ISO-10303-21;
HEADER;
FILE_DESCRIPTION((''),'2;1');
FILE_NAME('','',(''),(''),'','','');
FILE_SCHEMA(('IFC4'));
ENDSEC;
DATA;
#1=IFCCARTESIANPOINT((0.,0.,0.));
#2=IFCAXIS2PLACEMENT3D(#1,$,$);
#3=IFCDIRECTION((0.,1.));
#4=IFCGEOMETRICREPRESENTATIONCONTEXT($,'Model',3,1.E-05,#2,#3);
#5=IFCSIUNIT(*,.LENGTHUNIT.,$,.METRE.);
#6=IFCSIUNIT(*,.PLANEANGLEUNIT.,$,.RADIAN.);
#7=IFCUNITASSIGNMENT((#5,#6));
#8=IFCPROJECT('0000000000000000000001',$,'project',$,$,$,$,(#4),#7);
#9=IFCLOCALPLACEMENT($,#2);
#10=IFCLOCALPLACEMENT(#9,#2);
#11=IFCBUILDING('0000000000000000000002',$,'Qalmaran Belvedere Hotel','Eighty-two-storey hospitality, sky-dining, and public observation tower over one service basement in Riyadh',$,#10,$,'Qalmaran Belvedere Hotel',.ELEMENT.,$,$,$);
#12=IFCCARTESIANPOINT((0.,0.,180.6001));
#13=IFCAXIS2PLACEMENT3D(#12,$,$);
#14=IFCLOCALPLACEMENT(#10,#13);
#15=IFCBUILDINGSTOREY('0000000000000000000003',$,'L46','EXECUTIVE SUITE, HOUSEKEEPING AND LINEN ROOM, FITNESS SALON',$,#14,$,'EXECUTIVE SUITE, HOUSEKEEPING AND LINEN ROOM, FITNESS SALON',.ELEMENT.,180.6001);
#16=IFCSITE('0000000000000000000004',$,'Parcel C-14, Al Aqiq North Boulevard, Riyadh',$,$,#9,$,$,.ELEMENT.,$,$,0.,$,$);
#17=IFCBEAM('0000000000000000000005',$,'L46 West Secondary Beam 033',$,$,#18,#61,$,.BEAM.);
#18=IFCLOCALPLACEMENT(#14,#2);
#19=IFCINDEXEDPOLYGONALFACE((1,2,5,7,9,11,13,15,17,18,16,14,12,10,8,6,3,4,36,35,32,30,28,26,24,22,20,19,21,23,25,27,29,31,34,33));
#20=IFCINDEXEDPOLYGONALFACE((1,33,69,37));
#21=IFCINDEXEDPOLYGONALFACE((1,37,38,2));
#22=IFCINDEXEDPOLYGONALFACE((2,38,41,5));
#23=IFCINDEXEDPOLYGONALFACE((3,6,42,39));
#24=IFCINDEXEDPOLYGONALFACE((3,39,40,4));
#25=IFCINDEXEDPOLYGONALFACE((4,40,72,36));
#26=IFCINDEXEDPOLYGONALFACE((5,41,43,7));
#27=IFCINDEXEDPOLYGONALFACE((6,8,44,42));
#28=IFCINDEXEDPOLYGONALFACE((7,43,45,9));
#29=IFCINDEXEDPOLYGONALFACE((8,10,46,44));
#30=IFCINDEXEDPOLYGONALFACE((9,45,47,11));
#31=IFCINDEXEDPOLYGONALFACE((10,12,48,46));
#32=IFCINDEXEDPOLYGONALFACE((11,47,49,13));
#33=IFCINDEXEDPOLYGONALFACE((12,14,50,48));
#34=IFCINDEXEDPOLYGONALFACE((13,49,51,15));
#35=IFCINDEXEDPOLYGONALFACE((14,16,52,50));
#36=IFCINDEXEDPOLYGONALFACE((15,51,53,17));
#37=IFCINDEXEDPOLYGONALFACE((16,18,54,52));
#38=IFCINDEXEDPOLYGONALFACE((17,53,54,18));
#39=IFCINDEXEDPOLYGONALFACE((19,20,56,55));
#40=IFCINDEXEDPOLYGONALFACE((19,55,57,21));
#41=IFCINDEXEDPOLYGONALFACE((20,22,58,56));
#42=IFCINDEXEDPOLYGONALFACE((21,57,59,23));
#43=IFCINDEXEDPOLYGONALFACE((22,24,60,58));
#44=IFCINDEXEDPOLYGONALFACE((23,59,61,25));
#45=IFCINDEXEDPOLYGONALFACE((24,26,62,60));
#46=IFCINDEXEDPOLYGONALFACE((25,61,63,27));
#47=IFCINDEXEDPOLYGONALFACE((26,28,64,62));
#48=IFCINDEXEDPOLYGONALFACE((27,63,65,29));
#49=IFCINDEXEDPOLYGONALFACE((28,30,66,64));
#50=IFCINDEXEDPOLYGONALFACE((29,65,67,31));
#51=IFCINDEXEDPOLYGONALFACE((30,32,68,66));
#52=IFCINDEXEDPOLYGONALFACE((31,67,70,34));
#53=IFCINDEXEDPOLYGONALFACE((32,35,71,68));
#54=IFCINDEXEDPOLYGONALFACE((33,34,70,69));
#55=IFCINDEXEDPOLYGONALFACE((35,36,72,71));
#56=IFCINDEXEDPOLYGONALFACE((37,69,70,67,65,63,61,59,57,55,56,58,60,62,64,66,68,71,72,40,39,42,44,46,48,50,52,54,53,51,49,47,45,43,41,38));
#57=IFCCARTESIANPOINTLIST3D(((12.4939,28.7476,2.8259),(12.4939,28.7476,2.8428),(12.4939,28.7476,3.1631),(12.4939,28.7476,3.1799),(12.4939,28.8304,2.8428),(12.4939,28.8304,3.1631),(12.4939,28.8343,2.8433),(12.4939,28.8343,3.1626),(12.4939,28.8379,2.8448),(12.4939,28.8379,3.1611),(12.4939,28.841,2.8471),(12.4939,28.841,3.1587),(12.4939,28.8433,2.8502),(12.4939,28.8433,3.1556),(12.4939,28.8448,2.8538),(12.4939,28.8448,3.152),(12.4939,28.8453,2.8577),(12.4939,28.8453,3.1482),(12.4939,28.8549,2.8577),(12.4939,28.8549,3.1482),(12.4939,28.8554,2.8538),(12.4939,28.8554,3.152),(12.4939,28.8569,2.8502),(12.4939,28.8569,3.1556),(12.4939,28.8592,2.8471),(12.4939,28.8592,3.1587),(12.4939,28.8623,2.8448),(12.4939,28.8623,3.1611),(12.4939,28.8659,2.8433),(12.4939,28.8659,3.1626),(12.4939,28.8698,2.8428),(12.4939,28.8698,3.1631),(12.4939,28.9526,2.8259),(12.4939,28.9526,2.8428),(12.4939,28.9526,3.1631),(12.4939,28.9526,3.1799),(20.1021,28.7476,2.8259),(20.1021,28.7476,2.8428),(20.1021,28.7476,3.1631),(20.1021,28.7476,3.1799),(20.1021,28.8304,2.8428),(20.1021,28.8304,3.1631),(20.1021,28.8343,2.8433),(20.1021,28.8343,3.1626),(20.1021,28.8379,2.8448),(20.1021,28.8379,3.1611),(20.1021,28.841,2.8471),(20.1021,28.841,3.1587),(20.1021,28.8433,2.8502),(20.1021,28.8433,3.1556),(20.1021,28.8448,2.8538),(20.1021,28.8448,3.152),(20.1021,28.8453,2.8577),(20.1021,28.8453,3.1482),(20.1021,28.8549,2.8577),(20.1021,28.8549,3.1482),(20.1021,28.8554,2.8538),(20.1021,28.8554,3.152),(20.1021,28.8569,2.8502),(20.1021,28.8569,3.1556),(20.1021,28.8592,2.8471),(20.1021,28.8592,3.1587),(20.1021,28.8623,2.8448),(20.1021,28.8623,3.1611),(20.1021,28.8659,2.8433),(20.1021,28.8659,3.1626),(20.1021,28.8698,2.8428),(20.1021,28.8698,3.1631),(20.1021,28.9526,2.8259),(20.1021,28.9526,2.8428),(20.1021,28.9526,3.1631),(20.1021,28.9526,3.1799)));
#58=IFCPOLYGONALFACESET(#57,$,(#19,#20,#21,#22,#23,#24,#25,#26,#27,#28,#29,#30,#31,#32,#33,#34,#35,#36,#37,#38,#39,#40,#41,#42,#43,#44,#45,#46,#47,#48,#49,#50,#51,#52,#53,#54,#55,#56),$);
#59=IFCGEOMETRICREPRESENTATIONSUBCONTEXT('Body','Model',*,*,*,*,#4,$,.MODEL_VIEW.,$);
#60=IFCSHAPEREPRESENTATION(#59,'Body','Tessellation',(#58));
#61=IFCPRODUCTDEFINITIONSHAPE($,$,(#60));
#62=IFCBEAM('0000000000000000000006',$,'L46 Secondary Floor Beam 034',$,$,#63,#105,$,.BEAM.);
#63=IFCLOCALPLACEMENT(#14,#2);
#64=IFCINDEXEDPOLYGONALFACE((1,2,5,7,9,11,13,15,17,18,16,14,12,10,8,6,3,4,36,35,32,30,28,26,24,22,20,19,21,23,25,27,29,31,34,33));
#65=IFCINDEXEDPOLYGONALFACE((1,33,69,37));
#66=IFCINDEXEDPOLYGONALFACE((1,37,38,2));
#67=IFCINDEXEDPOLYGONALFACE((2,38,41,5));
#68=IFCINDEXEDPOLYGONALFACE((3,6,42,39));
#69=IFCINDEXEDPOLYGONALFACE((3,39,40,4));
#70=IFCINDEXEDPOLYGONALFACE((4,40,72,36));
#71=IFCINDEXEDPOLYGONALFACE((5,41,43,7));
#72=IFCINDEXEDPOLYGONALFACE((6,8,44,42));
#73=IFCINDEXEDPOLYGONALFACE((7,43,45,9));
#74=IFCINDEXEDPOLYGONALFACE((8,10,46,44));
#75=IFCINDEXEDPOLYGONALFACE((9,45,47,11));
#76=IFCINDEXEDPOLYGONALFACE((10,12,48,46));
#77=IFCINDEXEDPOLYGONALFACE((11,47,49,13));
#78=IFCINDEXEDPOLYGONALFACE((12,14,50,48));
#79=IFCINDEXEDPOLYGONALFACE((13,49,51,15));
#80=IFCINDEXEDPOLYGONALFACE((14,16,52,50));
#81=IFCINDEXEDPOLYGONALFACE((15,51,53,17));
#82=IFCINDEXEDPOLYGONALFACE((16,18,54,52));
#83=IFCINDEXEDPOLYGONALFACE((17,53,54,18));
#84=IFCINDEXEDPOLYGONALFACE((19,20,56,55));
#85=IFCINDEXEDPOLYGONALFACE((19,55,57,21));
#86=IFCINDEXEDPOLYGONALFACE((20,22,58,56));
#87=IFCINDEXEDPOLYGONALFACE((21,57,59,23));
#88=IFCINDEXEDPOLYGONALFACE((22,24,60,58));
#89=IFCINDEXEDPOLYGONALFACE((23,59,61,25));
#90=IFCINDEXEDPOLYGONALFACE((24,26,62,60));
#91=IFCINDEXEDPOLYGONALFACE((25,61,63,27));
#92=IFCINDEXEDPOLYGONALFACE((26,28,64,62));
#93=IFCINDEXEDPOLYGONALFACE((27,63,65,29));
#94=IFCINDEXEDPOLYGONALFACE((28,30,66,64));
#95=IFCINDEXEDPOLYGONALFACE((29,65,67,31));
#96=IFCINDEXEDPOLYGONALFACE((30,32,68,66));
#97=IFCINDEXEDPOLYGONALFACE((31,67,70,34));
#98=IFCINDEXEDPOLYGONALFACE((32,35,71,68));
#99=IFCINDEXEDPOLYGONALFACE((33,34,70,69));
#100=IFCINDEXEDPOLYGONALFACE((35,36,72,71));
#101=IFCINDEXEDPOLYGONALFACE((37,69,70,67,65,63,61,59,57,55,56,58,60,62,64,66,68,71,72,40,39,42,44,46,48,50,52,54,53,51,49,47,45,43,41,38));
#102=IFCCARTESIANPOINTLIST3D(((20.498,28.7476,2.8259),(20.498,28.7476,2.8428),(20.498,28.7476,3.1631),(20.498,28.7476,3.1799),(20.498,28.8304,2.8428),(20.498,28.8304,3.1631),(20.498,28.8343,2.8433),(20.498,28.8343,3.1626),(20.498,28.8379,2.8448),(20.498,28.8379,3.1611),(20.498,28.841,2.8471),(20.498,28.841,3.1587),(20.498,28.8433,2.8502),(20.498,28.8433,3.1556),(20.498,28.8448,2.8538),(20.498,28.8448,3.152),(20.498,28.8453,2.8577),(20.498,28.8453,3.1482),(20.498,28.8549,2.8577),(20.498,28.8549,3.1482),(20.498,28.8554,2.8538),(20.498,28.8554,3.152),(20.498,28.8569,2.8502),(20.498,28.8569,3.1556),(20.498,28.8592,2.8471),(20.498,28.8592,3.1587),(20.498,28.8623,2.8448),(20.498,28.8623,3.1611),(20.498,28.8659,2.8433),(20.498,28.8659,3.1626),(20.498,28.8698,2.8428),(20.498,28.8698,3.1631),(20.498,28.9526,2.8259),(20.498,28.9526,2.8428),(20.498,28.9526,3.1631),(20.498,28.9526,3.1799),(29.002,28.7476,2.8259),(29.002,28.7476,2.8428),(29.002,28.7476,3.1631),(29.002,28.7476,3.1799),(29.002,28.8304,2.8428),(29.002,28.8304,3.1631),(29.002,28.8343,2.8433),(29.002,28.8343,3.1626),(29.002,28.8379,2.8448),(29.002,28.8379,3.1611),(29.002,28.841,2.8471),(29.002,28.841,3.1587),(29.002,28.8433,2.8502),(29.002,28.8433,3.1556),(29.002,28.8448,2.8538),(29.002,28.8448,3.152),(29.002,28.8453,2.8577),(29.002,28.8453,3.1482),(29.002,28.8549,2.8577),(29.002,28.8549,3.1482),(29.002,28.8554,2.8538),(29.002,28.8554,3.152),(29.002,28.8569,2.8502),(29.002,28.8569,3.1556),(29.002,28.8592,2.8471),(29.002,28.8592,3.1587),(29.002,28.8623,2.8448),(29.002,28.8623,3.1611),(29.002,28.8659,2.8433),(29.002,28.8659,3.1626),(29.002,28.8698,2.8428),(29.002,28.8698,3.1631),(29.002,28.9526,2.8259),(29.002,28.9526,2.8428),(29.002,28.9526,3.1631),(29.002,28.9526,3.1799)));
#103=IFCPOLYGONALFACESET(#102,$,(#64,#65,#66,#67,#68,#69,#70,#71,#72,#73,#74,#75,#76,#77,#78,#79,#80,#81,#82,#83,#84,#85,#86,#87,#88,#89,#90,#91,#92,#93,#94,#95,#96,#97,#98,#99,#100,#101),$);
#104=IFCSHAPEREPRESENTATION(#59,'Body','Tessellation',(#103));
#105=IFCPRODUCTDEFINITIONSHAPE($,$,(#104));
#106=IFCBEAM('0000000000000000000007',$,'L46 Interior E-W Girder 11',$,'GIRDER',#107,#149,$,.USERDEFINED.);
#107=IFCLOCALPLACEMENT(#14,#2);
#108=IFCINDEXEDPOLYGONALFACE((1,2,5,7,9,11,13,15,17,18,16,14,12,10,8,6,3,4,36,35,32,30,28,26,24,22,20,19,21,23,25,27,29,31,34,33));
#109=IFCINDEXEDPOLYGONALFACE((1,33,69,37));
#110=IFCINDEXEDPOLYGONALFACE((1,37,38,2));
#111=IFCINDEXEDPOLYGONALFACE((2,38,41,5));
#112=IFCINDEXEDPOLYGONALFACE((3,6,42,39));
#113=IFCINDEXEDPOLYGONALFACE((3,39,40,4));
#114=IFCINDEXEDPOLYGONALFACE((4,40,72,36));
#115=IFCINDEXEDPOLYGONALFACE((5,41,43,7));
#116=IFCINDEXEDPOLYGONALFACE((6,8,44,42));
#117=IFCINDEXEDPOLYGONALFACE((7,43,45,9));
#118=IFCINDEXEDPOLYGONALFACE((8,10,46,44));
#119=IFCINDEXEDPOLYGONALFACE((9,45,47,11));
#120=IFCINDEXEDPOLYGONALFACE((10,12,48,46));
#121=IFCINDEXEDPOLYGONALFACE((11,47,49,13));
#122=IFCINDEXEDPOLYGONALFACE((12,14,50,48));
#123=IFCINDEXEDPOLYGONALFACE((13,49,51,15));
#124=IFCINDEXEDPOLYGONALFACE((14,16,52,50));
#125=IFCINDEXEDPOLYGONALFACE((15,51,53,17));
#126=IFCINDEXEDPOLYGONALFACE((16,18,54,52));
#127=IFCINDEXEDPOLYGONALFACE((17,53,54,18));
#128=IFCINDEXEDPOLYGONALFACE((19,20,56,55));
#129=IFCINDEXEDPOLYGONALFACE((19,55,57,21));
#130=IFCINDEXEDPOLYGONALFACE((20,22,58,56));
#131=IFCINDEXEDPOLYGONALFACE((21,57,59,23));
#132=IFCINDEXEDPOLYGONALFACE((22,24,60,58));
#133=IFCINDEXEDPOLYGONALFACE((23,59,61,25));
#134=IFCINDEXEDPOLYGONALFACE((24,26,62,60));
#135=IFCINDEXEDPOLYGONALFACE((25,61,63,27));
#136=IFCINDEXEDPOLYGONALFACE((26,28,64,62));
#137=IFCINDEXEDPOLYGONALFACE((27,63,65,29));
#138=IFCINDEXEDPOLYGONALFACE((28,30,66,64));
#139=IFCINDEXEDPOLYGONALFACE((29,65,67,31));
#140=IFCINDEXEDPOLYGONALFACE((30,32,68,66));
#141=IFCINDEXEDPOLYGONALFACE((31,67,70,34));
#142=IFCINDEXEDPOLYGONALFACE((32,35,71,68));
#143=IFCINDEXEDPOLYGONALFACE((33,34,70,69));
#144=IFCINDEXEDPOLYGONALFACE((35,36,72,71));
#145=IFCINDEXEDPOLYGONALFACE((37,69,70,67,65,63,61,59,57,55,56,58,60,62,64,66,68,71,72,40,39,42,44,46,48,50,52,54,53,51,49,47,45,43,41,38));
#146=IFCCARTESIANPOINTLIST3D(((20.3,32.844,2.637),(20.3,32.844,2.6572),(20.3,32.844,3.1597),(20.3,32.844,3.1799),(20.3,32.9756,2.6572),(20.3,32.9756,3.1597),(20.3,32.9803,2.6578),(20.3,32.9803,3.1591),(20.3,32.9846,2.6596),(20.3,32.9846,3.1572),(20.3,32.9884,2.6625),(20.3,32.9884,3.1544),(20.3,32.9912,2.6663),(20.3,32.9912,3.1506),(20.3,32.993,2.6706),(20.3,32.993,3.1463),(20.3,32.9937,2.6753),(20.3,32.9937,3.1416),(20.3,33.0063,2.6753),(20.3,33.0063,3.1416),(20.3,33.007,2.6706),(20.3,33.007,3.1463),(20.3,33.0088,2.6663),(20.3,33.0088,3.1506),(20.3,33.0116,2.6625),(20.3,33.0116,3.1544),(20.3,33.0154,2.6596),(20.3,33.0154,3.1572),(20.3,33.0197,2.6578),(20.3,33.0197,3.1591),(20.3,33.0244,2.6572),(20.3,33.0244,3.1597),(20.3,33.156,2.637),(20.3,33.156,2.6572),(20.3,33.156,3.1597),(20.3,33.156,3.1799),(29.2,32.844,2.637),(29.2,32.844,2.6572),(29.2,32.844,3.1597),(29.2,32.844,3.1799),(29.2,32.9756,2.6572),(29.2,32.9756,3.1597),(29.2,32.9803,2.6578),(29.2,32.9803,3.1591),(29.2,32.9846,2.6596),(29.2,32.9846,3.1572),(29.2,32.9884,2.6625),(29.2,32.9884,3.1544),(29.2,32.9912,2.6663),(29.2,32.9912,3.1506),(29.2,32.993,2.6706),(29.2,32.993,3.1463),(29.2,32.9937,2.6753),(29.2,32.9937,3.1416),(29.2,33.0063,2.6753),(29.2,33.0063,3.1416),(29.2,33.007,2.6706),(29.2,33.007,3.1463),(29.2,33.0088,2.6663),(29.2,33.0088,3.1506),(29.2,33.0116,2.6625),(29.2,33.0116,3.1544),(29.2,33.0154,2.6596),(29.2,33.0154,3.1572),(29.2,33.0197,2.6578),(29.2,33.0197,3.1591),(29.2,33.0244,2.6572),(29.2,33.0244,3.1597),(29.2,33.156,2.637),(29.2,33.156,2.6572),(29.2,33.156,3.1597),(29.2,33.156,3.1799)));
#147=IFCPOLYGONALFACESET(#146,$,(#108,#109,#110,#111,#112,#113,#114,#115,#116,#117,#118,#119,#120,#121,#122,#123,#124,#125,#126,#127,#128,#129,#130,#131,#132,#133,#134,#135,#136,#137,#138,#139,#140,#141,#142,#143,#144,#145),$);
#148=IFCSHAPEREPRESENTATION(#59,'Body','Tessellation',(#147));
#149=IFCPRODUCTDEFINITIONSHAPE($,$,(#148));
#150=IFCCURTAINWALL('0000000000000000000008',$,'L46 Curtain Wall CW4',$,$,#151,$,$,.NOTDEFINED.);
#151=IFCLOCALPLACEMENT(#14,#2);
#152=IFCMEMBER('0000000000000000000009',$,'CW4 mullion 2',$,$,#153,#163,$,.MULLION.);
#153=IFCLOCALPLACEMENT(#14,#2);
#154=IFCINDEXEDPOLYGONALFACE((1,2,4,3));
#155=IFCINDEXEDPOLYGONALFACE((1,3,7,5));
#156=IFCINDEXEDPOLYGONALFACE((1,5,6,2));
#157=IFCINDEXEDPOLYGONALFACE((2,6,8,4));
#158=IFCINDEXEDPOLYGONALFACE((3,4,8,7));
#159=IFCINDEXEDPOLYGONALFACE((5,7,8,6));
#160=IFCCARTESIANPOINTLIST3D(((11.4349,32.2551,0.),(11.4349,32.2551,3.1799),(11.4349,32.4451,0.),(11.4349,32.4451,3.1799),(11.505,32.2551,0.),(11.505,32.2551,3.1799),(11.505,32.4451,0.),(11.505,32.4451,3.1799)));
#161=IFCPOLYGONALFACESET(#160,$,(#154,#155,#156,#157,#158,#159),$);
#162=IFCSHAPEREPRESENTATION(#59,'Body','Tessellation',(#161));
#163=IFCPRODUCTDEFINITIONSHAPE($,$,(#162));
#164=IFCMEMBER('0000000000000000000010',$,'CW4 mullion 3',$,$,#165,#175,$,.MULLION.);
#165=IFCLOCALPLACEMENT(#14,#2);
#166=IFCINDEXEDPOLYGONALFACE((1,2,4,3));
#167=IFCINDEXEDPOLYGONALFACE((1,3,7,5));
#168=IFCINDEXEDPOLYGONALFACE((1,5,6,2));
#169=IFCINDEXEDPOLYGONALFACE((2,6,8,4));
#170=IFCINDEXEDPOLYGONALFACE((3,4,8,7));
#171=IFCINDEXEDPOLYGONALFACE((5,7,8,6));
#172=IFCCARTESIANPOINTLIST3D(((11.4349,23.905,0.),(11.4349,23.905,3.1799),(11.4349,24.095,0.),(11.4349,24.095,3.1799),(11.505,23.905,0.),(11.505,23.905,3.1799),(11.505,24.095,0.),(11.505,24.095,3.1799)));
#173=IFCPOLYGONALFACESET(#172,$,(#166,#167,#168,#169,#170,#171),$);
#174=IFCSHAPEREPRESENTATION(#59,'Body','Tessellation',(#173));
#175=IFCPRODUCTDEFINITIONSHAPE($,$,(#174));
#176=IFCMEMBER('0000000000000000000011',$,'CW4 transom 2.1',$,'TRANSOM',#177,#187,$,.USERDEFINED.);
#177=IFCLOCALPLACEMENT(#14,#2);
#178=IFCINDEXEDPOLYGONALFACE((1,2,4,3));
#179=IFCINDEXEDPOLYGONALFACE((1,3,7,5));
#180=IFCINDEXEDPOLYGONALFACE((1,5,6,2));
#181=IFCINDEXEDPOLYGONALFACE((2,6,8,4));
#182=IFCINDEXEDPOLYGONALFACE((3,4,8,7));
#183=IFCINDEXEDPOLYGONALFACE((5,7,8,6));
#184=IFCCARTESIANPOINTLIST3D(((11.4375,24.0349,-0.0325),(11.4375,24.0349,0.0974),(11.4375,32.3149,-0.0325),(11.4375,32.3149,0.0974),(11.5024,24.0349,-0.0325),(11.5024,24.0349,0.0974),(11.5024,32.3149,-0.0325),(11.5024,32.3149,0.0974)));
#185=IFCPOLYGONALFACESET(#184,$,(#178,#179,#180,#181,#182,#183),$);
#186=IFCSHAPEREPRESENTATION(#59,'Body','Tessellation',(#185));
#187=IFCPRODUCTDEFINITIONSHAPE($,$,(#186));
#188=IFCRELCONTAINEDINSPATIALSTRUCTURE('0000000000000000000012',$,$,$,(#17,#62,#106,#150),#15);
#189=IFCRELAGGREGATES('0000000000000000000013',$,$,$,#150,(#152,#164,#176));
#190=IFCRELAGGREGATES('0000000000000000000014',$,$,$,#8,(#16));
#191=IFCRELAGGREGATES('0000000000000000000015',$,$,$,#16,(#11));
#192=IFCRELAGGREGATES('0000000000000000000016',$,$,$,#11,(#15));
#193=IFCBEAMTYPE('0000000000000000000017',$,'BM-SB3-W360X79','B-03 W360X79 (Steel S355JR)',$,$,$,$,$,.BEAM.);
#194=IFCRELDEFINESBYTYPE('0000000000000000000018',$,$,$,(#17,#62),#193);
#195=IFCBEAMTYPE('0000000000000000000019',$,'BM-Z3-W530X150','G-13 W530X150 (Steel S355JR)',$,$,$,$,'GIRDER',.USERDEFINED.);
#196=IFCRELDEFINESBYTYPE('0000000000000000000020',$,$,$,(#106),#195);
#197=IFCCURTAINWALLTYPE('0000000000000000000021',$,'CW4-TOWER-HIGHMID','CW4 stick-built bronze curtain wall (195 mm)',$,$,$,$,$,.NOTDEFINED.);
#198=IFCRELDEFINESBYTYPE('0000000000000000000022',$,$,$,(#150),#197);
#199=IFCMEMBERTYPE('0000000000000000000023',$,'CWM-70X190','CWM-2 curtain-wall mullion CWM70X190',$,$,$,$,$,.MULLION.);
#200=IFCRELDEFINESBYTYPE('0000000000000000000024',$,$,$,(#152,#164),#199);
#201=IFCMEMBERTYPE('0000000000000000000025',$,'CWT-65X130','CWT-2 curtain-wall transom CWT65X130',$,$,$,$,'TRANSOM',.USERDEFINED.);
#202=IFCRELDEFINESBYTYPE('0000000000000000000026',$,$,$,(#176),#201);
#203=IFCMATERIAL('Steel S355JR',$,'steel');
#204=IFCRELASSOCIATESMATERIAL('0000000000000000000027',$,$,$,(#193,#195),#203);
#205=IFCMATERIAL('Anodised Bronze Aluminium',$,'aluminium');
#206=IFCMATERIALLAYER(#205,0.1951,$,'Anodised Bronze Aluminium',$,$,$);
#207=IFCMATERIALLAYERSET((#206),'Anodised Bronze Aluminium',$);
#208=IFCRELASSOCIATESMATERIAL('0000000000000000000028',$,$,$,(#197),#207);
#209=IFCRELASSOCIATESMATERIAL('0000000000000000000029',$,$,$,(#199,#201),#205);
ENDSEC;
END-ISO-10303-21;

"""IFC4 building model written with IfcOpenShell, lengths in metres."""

from ifc_helpers import new_model, si_unit, direction, frame, origin, origin_2d, place, context, subcontext, project, spatial, rectangle, i_section, extrude, material, layer, layer_set, material_profile, profile_set, type_object, element, aggregate, save


model = new_model("IFC4")

# Units and contexts
model_context = context("Model", 3, precision=1e-05, world=origin(), true_north=direction((0.0, 1.0)))
body_context = subcontext(model_context, "Body", "Model", "MODEL_VIEW")
ifc_project = project(units=[si_unit("LENGTHUNIT", "METRE"), si_unit("PLANEANGLEUNIT", "RADIAN")], contexts=[model_context])

# Site, building, storey
site_placement = place(None, origin())
site = spatial("IfcSite", under=ifc_project, at=site_placement, Name="Parcel C-14, Al Aqiq North Boulevard, Riyadh", CompositionType="ELEMENT", RefElevation=0.0)
building_placement = place(site_placement, origin())
building = spatial("IfcBuilding", under=site, at=building_placement, Name="Qalmaran Belvedere Hotel", Description="Eighty-two-storey hospitality, sky-dining, and public observation tower over one service basement in Riyadh", LongName="Qalmaran Belvedere Hotel", CompositionType="ELEMENT")
storey_placement = place(building_placement, frame((0.0, 0.0, 180.6001)))
storey = spatial("IfcBuildingStorey", under=building, at=storey_placement, Name="L46", Description="EXECUTIVE SUITE, HOUSEKEEPING AND LINEN ROOM, FITNESS SALON", LongName="EXECUTIVE SUITE, HOUSEKEEPING AND LINEN ROOM, FITNESS SALON", CompositionType="ELEMENT", Elevation=180.6001)

# Beams
ifc_material_1 = material(Name="Steel S355JR", Category="steel")
ifc_material_profile_1 = material_profile(ifc_material_1, i_section(OverallWidth=0.2051, OverallDepth=0.354, WebThickness=0.0095, FlangeThickness=0.0168, FilletRadius=0.0149, at=origin_2d()), Name="W360X79")
ifc_profile_set_1 = profile_set([ifc_material_profile_1], Name="Steel S355JR")
beam_type_1 = type_object("IfcBeamType", Name="BM-SB3-W360X79", Description="B-03 W360X79 (Steel S355JR)", PredefinedType="BEAM", material=ifc_profile_set_1)
beam_1_placement = place(storey_placement, frame((12.4939, 28.8501, 3.0029), z_axis=(1.0, 0.0, 0.0), x_axis=(0.0, 1.0, 0.0)))
element("IfcBeam", 1, at=beam_1_placement, inside=storey, type_object=beam_type_1, Name="L46 West Secondary Beam 033", PredefinedType="BEAM", context=body_context, shape_type="SweptSolid", body=[
    extrude(i_section(OverallWidth=0.2051, OverallDepth=0.354, WebThickness=0.0095, FlangeThickness=0.0168, FilletRadius=0.0149, at=origin_2d()), origin(), (0.0, 0.0, 1.0), 7.6082),
])
beam_2_placement = place(storey_placement, frame((20.498, 28.8501, 3.0029), z_axis=(1.0, 0.0, 0.0), x_axis=(0.0, 1.0, 0.0)))
element("IfcBeam", 2, at=beam_2_placement, inside=storey, type_object=beam_type_1, Name="L46 Secondary Floor Beam 034", PredefinedType="BEAM", context=body_context, shape_type="SweptSolid", body=[
    extrude(i_section(OverallWidth=0.2051, OverallDepth=0.354, WebThickness=0.0095, FlangeThickness=0.0168, FilletRadius=0.0149, at=origin_2d()), origin(), (0.0, 0.0, 1.0), 8.5039),
])
ifc_material_profile_2 = material_profile(ifc_material_1, i_section(OverallWidth=0.312, OverallDepth=0.543, WebThickness=0.0127, FlangeThickness=0.0203, FilletRadius=0.0181, at=origin_2d()), Name="W530X150")
ifc_profile_set_2 = profile_set([ifc_material_profile_2], Name="Steel S355JR")
beam_type_2 = type_object("IfcBeamType", Name="BM-Z3-W530X150", Description="G-13 W530X150 (Steel S355JR)", ElementType="GIRDER", PredefinedType="USERDEFINED", material=ifc_profile_set_2)
beam_3_placement = place(storey_placement, frame((20.3, 33.0, 2.9084), z_axis=(1.0, 0.0, 0.0), x_axis=(0.0, 1.0, 0.0)))
element("IfcBeam", 3, at=beam_3_placement, inside=storey, type_object=beam_type_2, Name="L46 Interior E-W Girder 11", ObjectType="GIRDER", PredefinedType="USERDEFINED", context=body_context, shape_type="SweptSolid", body=[
    extrude(i_section(OverallWidth=0.312, OverallDepth=0.543, WebThickness=0.0127, FlangeThickness=0.0203, FilletRadius=0.0181, at=origin_2d()), origin(), (0.0, 0.0, 1.0), 8.8999),
])

# Curtain wall, members
ifc_material_2 = material(Name="Anodised Bronze Aluminium", Category="aluminium")
ifc_layer_1 = layer(ifc_material_2, 0.1951, Name="Anodised Bronze Aluminium")
ifc_layer_set_1 = layer_set([ifc_layer_1], Name="Anodised Bronze Aluminium")
curtain_wall_type = type_object("IfcCurtainWallType", Name="CW4-TOWER-HIGHMID", Description="CW4 stick-built bronze curtain wall (195 mm)", PredefinedType="NOTDEFINED", material=ifc_layer_set_1)
curtain_wall_placement = place(storey_placement, origin())
curtain_wall = element("IfcCurtainWall", 4, at=curtain_wall_placement, inside=storey, type_object=curtain_wall_type, Name="L46 Curtain Wall CW4", PredefinedType="NOTDEFINED")
ifc_material_profile_3 = material_profile(ifc_material_2, rectangle(XDim=0.0701, YDim=0.1899, at=origin_2d()), Name="CWM70X190")
ifc_profile_set_3 = profile_set([ifc_material_profile_3], Name="Anodised Bronze Aluminium")
member_type_1 = type_object("IfcMemberType", Name="CWM-70X190", Description="CWM-2 curtain-wall mullion CWM70X190", PredefinedType="MULLION", material=ifc_profile_set_3)
member_1_placement = place(storey_placement, frame((11.47, 32.3501, 0.0), z_axis=(0.0, 0.0, 1.0), x_axis=(1.0, 0.0, 0.0)))
member_1 = element("IfcMember", 5, at=member_1_placement, type_object=member_type_1, Name="CW4 mullion 2", PredefinedType="MULLION", context=body_context, shape_type="SweptSolid", body=[
    extrude(rectangle(XDim=0.0701, YDim=0.1899, at=origin_2d()), origin(), (0.0, 0.0, 1.0), 3.1799),
])
member_2_placement = place(storey_placement, frame((11.47, 24.0, 0.0), z_axis=(0.0, 0.0, 1.0), x_axis=(1.0, 0.0, 0.0)))
member_2 = element("IfcMember", 6, at=member_2_placement, type_object=member_type_1, Name="CW4 mullion 3", PredefinedType="MULLION", context=body_context, shape_type="SweptSolid", body=[
    extrude(rectangle(XDim=0.0701, YDim=0.1899, at=origin_2d()), origin(), (0.0, 0.0, 1.0), 3.1799),
])
ifc_material_profile_4 = material_profile(ifc_material_2, rectangle(XDim=0.0649, YDim=0.1299, at=origin_2d()), Name="CWT65X130")
ifc_profile_set_4 = profile_set([ifc_material_profile_4], Name="Anodised Bronze Aluminium")
member_type_2 = type_object("IfcMemberType", Name="CWT-65X130", Description="CWT-2 curtain-wall transom CWT65X130", ElementType="TRANSOM", PredefinedType="USERDEFINED", material=ifc_profile_set_4)
member_3_placement = place(storey_placement, frame((11.47, 32.3149, 0.0325), z_axis=(0.0, -1.0, 0.0), x_axis=(1.0, 0.0, 0.0)))
member_3 = element("IfcMember", 7, at=member_3_placement, type_object=member_type_2, Name="CW4 transom 2.1", ObjectType="TRANSOM", PredefinedType="USERDEFINED", context=body_context, shape_type="SweptSolid", body=[
    extrude(rectangle(XDim=0.0649, YDim=0.1299, at=origin_2d()), origin(), (0.0, 0.0, 1.0), 8.28),
])
aggregate(curtain_wall, [member_1, member_2, member_3])

save(model, "model.ifc")
